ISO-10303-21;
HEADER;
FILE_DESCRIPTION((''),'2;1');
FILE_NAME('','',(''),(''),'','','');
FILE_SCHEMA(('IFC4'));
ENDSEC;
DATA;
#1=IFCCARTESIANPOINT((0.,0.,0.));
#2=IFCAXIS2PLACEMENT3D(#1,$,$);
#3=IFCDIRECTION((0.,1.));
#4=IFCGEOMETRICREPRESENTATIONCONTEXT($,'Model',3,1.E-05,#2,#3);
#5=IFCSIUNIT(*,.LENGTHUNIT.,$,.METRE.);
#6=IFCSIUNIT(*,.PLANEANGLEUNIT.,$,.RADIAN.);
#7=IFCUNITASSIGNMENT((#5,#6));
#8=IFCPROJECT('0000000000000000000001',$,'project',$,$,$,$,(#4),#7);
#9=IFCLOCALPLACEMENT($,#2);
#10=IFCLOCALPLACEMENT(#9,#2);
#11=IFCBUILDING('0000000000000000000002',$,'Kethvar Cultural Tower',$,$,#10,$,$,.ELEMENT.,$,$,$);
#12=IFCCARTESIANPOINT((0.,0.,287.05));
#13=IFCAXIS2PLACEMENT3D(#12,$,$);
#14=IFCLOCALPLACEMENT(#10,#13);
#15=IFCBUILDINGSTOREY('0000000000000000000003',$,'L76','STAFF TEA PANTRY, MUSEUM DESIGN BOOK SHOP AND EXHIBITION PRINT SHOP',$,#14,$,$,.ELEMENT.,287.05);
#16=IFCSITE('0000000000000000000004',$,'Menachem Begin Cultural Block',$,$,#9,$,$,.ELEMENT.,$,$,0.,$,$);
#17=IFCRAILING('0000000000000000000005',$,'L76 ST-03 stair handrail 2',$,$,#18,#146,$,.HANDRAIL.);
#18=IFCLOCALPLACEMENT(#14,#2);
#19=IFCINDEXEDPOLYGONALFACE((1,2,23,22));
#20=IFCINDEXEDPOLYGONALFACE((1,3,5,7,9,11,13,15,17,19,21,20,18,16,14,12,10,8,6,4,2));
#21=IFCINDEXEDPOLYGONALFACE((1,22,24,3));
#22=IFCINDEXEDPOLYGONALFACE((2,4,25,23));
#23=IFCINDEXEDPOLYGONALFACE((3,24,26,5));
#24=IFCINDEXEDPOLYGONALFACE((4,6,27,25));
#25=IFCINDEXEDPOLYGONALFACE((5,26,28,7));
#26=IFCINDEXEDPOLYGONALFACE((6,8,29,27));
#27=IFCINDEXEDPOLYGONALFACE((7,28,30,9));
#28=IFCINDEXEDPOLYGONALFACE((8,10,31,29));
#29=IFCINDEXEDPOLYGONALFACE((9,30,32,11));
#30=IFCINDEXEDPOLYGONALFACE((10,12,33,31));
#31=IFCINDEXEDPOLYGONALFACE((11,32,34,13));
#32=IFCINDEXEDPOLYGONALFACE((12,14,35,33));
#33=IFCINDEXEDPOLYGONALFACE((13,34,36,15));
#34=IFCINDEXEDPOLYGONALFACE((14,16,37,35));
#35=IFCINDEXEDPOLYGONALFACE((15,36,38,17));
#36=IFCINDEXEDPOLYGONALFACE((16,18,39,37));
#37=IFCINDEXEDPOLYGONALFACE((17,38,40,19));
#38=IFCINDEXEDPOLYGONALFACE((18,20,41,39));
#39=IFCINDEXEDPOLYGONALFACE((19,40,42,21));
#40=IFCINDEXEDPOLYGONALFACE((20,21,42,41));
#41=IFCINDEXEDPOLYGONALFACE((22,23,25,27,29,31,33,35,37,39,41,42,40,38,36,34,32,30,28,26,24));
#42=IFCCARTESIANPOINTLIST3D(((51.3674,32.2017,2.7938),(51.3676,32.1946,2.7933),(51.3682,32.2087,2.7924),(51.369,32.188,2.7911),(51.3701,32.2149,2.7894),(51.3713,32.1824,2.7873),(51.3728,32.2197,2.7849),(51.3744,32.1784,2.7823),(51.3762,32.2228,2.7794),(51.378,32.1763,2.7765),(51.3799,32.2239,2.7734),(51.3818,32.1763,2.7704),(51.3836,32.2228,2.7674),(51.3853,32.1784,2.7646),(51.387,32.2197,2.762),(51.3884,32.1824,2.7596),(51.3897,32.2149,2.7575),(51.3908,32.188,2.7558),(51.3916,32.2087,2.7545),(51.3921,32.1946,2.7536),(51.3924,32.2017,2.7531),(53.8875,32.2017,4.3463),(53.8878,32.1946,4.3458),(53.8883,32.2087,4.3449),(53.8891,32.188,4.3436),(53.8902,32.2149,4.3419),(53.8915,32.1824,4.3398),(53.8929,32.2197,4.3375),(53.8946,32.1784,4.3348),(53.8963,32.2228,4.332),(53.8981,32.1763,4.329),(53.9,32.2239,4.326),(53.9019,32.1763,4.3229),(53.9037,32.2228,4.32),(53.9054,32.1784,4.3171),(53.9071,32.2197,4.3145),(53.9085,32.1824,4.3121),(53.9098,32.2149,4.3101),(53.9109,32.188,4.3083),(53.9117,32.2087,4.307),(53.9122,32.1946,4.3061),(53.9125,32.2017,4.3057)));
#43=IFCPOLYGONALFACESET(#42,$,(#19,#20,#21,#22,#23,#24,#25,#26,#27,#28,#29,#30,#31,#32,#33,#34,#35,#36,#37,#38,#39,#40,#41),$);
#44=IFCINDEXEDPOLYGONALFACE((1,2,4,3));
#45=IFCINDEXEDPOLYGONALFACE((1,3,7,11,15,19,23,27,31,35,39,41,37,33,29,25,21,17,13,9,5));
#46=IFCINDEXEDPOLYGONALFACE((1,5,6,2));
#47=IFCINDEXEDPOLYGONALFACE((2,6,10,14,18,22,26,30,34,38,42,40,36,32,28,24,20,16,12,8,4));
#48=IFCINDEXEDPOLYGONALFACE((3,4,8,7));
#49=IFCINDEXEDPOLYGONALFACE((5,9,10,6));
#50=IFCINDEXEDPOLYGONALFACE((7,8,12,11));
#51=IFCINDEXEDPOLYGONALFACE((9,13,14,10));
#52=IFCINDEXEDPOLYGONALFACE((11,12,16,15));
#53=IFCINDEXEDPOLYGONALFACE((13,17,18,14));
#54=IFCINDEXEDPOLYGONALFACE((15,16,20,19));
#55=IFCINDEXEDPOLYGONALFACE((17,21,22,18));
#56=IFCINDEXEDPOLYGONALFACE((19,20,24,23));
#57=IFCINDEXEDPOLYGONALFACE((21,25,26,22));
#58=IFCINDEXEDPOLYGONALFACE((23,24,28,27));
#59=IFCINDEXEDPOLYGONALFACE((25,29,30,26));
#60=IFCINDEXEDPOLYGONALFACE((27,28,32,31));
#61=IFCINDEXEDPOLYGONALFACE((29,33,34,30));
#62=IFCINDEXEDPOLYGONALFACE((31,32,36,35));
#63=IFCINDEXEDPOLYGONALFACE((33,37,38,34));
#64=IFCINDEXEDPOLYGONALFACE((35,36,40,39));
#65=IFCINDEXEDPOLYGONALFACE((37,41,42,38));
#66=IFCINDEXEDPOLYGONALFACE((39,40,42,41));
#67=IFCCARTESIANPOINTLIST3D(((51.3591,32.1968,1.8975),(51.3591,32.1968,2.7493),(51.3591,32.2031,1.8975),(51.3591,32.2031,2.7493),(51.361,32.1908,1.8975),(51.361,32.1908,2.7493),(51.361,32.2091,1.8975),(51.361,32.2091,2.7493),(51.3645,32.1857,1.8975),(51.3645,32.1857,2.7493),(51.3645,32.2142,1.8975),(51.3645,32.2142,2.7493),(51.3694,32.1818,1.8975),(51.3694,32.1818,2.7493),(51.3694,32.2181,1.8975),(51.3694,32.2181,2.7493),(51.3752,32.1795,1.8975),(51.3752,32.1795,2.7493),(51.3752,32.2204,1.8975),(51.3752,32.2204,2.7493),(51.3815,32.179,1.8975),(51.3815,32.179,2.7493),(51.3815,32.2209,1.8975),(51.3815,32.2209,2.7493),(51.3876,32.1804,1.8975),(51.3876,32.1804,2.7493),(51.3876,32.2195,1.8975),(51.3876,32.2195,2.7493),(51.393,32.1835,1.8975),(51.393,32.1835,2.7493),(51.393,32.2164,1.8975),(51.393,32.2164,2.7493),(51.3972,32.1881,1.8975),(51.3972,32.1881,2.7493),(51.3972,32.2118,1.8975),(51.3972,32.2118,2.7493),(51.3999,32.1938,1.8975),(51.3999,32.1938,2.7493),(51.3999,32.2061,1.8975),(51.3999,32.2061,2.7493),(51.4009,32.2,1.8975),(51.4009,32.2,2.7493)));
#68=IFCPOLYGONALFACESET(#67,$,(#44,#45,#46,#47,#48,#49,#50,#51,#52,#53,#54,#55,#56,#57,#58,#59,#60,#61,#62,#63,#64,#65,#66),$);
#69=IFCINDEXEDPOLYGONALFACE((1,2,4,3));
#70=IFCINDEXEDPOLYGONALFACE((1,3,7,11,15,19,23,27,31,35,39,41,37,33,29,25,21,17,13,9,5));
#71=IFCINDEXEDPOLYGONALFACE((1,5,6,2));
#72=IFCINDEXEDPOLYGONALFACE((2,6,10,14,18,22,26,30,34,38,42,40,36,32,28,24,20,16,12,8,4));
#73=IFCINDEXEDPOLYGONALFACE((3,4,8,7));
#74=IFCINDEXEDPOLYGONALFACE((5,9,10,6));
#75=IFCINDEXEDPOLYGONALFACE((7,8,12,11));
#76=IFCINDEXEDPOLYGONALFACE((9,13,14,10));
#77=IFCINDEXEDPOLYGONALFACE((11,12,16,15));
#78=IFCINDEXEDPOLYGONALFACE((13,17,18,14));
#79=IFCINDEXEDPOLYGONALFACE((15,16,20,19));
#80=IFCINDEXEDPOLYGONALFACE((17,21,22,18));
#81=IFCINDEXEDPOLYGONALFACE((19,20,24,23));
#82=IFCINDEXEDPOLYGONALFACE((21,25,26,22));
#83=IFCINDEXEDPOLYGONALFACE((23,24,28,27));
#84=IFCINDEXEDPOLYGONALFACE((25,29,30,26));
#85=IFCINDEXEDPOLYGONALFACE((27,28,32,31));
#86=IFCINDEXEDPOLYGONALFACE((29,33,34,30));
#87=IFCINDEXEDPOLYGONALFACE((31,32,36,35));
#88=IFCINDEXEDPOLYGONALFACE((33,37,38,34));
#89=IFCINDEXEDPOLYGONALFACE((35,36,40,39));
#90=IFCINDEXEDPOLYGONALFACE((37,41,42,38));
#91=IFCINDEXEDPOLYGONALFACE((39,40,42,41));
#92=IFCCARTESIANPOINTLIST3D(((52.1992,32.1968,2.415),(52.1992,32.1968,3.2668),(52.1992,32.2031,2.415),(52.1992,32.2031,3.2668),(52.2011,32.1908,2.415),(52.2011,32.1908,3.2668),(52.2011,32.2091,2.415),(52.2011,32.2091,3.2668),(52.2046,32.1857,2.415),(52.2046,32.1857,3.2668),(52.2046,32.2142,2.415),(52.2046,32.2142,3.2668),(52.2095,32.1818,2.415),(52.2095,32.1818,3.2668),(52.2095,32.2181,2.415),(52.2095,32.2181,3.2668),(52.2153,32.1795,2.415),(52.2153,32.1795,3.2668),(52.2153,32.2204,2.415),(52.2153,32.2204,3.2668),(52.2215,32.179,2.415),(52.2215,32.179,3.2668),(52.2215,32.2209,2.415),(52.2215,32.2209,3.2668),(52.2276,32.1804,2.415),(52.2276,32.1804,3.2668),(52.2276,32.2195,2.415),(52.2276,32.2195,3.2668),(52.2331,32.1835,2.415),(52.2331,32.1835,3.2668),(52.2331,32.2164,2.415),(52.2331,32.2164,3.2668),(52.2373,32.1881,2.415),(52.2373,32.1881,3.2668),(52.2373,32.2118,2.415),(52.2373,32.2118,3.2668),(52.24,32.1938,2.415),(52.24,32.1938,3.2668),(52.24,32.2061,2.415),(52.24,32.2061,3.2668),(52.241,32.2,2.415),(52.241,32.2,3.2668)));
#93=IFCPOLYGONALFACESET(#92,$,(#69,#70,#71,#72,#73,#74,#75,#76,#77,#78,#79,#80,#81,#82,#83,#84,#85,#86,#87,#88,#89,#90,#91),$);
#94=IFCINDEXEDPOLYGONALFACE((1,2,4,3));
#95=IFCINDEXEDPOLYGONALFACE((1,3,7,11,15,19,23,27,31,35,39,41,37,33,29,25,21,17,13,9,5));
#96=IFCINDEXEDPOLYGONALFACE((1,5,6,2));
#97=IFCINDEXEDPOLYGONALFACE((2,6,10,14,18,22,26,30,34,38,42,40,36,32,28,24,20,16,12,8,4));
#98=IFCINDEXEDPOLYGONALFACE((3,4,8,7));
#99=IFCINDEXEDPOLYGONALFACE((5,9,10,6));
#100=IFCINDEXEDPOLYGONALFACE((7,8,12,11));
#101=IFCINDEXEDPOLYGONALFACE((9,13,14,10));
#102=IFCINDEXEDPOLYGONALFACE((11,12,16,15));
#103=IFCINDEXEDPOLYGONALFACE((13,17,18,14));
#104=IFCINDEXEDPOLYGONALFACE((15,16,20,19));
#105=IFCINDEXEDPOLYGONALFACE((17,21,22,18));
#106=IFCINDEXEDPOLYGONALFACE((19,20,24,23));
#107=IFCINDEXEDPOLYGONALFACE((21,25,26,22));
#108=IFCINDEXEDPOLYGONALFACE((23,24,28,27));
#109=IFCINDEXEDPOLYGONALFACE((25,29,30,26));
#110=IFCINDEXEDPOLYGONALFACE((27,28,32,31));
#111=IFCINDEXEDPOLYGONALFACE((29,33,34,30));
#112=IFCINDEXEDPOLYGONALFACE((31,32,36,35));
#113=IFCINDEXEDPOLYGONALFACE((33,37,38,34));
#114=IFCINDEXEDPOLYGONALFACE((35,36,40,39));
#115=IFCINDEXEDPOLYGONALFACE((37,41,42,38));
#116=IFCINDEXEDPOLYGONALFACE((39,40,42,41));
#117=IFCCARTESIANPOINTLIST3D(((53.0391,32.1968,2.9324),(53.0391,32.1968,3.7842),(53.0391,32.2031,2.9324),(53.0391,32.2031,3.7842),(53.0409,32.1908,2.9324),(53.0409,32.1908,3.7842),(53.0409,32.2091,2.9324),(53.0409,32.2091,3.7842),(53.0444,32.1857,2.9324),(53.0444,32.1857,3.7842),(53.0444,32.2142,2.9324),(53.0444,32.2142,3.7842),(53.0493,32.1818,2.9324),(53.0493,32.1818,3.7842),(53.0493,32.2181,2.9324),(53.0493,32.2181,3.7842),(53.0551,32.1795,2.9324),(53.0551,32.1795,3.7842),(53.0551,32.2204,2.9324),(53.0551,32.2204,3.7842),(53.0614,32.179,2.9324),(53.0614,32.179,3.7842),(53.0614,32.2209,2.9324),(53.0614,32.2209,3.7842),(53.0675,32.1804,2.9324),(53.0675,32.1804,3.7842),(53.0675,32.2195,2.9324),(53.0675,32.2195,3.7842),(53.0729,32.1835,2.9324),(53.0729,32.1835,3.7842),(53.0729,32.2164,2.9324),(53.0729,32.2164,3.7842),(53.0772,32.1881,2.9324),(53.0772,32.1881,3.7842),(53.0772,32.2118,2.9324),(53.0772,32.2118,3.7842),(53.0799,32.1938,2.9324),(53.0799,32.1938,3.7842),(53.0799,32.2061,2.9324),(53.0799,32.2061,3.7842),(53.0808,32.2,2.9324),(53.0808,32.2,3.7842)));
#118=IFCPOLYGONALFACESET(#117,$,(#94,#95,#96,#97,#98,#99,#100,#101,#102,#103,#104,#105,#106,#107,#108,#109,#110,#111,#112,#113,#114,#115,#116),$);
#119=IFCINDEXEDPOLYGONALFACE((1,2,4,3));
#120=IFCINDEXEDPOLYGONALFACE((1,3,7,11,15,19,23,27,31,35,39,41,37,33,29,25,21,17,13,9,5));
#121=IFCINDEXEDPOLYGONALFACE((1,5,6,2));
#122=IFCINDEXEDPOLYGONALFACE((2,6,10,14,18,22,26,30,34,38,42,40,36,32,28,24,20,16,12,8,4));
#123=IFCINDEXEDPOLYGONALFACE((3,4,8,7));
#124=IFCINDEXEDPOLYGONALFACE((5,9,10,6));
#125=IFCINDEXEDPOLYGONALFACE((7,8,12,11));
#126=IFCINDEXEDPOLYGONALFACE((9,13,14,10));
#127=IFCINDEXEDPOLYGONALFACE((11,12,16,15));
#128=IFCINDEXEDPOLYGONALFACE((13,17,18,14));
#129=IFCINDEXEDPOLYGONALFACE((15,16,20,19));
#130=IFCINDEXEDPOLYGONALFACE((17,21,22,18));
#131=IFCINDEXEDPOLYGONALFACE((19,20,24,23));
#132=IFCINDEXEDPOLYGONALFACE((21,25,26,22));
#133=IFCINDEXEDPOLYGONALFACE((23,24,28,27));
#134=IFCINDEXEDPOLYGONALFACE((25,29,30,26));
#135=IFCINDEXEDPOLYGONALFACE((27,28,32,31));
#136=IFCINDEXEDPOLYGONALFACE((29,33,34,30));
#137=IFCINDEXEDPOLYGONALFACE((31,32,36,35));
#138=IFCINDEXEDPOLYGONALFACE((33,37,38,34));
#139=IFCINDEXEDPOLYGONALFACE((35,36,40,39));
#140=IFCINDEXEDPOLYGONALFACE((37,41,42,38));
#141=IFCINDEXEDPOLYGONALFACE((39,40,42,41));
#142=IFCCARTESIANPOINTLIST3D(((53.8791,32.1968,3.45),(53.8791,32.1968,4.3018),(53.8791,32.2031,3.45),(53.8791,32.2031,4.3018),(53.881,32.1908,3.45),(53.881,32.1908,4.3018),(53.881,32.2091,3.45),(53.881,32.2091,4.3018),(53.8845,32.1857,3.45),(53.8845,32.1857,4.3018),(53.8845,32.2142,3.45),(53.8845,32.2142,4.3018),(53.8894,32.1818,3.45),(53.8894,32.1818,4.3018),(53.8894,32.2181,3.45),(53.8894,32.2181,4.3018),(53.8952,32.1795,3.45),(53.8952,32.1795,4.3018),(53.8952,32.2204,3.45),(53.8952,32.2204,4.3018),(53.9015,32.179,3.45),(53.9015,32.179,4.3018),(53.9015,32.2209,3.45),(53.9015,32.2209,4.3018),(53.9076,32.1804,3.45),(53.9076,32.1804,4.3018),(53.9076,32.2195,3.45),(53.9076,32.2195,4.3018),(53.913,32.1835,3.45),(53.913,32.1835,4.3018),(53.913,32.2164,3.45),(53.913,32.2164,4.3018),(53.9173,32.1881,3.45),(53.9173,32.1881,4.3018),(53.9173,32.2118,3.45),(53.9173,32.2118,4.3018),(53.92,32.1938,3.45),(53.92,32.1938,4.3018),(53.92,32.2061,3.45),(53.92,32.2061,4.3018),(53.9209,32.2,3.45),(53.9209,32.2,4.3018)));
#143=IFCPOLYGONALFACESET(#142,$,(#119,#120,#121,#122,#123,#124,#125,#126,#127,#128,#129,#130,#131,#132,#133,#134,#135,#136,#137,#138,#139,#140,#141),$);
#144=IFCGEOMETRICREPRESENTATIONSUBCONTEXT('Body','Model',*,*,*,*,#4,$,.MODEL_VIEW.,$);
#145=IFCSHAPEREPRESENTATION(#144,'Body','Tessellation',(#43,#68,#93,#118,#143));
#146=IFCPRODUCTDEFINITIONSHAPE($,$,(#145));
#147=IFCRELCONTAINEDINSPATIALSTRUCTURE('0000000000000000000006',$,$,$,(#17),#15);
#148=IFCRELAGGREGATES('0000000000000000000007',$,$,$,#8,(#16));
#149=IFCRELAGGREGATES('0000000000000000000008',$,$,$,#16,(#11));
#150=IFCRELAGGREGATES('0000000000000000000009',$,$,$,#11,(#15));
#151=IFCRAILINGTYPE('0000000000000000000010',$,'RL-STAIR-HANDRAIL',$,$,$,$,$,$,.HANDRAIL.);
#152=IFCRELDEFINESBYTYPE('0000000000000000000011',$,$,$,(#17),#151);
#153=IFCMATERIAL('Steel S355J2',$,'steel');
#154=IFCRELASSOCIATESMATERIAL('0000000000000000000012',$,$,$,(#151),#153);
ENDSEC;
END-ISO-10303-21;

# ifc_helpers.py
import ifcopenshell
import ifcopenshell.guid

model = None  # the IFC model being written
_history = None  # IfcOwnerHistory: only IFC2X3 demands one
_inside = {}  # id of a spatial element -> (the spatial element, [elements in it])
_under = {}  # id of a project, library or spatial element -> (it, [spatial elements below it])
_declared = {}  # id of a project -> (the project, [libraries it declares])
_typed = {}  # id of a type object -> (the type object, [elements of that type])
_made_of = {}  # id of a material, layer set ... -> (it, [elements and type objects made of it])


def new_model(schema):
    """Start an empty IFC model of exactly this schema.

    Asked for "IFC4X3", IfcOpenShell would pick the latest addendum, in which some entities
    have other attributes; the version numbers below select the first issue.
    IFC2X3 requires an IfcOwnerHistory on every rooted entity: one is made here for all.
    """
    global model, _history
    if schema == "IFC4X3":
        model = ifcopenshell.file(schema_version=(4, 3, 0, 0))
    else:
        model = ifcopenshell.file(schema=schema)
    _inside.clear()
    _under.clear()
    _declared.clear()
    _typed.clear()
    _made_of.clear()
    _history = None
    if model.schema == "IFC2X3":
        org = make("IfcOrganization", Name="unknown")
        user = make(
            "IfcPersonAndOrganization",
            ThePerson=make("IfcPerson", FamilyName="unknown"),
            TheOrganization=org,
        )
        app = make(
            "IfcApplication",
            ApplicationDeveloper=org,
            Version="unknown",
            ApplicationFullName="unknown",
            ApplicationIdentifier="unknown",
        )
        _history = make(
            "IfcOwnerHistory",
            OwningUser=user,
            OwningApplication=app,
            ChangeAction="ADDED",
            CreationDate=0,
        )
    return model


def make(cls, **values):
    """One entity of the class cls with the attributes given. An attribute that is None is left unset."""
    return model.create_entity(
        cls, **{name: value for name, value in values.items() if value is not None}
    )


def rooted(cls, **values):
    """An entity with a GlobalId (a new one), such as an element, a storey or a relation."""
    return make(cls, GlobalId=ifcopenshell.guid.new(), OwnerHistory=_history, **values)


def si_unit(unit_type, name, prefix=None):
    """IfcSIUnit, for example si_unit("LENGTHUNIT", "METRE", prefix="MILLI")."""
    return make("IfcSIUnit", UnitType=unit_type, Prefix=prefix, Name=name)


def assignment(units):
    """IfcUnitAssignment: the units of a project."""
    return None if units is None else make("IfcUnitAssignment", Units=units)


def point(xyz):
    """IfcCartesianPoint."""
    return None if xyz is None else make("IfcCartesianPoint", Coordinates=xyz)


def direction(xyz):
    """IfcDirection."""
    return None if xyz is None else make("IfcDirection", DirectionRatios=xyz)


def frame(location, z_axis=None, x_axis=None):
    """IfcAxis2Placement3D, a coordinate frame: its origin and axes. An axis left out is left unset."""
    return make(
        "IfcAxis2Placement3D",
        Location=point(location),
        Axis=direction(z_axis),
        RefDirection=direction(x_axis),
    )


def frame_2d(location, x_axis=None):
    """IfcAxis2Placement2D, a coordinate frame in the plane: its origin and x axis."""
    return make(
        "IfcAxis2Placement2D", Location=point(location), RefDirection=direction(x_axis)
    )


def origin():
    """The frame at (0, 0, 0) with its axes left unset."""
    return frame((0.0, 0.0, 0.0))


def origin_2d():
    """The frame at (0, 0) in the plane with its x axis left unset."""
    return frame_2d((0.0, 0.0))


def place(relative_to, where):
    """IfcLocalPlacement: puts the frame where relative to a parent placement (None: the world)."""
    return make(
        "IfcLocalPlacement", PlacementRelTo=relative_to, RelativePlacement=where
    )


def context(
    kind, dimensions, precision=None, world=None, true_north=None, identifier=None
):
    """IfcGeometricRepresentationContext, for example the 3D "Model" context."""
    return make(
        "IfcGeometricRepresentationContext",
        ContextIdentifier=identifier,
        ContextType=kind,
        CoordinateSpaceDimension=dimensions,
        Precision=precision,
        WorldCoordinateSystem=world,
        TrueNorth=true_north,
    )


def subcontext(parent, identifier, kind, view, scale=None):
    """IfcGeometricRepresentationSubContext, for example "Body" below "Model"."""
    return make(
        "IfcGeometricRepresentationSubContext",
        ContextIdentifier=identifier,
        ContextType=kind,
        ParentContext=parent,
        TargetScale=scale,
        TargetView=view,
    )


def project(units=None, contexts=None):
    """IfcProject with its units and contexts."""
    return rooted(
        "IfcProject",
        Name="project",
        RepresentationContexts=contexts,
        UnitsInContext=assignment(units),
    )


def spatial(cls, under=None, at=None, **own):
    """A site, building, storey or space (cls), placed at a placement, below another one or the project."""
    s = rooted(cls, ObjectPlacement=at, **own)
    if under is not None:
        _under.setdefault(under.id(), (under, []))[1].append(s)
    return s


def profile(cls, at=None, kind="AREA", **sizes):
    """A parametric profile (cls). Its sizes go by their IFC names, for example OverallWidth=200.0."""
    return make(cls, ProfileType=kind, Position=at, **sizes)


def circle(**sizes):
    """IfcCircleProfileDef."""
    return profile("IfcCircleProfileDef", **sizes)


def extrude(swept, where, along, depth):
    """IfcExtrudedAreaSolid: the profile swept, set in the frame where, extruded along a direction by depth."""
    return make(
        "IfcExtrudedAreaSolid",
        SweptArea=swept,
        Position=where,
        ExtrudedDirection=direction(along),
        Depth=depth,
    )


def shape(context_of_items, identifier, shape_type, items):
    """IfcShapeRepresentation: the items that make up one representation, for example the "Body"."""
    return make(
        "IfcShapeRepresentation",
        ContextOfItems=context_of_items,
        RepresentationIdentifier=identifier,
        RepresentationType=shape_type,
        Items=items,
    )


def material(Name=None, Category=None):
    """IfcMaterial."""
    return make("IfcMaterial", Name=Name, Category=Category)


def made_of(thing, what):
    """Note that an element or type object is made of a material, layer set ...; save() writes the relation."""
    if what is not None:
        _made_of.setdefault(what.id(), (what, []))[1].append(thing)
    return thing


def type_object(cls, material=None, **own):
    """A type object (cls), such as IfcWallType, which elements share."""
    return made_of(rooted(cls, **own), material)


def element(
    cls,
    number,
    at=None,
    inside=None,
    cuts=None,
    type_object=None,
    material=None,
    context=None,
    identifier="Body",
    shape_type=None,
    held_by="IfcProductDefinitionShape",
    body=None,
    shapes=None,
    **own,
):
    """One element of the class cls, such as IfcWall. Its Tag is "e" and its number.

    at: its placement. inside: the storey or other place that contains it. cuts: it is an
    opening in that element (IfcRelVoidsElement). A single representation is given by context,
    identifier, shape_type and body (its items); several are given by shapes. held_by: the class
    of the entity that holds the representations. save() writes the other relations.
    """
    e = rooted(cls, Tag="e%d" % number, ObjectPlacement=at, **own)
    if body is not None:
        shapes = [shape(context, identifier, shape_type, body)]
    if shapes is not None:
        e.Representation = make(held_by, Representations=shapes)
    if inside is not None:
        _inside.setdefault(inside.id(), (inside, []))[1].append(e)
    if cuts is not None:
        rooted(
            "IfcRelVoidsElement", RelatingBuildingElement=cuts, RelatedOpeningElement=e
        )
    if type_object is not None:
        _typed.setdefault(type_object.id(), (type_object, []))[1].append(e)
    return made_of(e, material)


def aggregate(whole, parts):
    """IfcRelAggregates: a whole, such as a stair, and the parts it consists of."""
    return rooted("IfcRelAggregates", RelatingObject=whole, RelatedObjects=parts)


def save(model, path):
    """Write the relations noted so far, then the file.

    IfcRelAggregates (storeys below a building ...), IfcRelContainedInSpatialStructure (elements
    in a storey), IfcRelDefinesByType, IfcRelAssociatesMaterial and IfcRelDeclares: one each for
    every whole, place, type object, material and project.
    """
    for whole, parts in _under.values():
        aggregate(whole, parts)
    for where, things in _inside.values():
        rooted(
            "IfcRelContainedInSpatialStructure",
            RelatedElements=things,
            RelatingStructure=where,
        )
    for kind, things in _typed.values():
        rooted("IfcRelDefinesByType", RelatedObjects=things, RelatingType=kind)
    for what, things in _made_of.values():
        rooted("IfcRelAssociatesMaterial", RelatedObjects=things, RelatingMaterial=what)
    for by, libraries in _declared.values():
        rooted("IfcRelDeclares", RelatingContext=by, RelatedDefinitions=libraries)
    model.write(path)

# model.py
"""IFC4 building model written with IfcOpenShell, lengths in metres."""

from ifc_helpers import new_model, si_unit, direction, frame, origin, origin_2d, place, context, subcontext, project, spatial, circle, extrude, material, type_object, element, save


model = new_model("IFC4")

# Units and contexts
model_context = context("Model", 3, precision=1e-05, world=origin(), true_north=direction((0.0, 1.0)))
body_context = subcontext(model_context, "Body", "Model", "MODEL_VIEW")
ifc_project = project(units=[si_unit("LENGTHUNIT", "METRE"), si_unit("PLANEANGLEUNIT", "RADIAN")], contexts=[model_context])

# Site, building, storey
site_placement = place(None, origin())
site = spatial("IfcSite", under=ifc_project, at=site_placement, Name="Menachem Begin Cultural Block", CompositionType="ELEMENT", RefElevation=0.0)
building_placement = place(site_placement, origin())
building = spatial("IfcBuilding", under=site, at=building_placement, Name="Kethvar Cultural Tower", CompositionType="ELEMENT")
storey_placement = place(building_placement, frame((0.0, 0.0, 287.05)))
storey = spatial("IfcBuildingStorey", under=building, at=storey_placement, Name="L76", Description="STAFF TEA PANTRY, MUSEUM DESIGN BOOK SHOP AND EXHIBITION PRINT SHOP", CompositionType="ELEMENT", Elevation=287.05)

# Shared definitions
ifc_material_1 = material(Name="Steel S355J2", Category="steel")

# Railing
railing_type_1 = type_object("IfcRailingType", Name="RL-STAIR-HANDRAIL", PredefinedType="HANDRAIL", material=ifc_material_1)
railing_1_placement = place(storey_placement, frame((51.3799, 32.2, 1.8975)))
element("IfcRailing", 1, at=railing_1_placement, inside=storey, type_object=railing_type_1, Name="L76 ST-03 stair handrail 2", PredefinedType="HANDRAIL", context=body_context, shape_type="SweptSolid", body=[
    extrude(circle(Radius=0.0239, at=origin_2d()), frame((0.0, 0.0, 0.876), z_axis=(0.8514, 0.0, 0.524516), x_axis=(0.0, 1.0, 0.0)), (0.0, 0.0, 1.0), 2.96),
    extrude(circle(Radius=0.021, at=origin_2d()), origin(), (0.0, 0.0, 1.0), 0.8518),
    extrude(circle(Radius=0.021, at=origin_2d()), frame((0.8401, 0.0, 0.5176)), (0.0, 0.0, 1.0), 0.8518),
    extrude(circle(Radius=0.021, at=origin_2d()), frame((1.6799, 0.0, 1.0349)), (0.0, 0.0, 1.0), 0.8518),
    extrude(circle(Radius=0.021, at=origin_2d()), frame((2.52, 0.0, 1.5525)), (0.0, 0.0, 1.0), 0.8518),
])

save(model, "model.ifc")
